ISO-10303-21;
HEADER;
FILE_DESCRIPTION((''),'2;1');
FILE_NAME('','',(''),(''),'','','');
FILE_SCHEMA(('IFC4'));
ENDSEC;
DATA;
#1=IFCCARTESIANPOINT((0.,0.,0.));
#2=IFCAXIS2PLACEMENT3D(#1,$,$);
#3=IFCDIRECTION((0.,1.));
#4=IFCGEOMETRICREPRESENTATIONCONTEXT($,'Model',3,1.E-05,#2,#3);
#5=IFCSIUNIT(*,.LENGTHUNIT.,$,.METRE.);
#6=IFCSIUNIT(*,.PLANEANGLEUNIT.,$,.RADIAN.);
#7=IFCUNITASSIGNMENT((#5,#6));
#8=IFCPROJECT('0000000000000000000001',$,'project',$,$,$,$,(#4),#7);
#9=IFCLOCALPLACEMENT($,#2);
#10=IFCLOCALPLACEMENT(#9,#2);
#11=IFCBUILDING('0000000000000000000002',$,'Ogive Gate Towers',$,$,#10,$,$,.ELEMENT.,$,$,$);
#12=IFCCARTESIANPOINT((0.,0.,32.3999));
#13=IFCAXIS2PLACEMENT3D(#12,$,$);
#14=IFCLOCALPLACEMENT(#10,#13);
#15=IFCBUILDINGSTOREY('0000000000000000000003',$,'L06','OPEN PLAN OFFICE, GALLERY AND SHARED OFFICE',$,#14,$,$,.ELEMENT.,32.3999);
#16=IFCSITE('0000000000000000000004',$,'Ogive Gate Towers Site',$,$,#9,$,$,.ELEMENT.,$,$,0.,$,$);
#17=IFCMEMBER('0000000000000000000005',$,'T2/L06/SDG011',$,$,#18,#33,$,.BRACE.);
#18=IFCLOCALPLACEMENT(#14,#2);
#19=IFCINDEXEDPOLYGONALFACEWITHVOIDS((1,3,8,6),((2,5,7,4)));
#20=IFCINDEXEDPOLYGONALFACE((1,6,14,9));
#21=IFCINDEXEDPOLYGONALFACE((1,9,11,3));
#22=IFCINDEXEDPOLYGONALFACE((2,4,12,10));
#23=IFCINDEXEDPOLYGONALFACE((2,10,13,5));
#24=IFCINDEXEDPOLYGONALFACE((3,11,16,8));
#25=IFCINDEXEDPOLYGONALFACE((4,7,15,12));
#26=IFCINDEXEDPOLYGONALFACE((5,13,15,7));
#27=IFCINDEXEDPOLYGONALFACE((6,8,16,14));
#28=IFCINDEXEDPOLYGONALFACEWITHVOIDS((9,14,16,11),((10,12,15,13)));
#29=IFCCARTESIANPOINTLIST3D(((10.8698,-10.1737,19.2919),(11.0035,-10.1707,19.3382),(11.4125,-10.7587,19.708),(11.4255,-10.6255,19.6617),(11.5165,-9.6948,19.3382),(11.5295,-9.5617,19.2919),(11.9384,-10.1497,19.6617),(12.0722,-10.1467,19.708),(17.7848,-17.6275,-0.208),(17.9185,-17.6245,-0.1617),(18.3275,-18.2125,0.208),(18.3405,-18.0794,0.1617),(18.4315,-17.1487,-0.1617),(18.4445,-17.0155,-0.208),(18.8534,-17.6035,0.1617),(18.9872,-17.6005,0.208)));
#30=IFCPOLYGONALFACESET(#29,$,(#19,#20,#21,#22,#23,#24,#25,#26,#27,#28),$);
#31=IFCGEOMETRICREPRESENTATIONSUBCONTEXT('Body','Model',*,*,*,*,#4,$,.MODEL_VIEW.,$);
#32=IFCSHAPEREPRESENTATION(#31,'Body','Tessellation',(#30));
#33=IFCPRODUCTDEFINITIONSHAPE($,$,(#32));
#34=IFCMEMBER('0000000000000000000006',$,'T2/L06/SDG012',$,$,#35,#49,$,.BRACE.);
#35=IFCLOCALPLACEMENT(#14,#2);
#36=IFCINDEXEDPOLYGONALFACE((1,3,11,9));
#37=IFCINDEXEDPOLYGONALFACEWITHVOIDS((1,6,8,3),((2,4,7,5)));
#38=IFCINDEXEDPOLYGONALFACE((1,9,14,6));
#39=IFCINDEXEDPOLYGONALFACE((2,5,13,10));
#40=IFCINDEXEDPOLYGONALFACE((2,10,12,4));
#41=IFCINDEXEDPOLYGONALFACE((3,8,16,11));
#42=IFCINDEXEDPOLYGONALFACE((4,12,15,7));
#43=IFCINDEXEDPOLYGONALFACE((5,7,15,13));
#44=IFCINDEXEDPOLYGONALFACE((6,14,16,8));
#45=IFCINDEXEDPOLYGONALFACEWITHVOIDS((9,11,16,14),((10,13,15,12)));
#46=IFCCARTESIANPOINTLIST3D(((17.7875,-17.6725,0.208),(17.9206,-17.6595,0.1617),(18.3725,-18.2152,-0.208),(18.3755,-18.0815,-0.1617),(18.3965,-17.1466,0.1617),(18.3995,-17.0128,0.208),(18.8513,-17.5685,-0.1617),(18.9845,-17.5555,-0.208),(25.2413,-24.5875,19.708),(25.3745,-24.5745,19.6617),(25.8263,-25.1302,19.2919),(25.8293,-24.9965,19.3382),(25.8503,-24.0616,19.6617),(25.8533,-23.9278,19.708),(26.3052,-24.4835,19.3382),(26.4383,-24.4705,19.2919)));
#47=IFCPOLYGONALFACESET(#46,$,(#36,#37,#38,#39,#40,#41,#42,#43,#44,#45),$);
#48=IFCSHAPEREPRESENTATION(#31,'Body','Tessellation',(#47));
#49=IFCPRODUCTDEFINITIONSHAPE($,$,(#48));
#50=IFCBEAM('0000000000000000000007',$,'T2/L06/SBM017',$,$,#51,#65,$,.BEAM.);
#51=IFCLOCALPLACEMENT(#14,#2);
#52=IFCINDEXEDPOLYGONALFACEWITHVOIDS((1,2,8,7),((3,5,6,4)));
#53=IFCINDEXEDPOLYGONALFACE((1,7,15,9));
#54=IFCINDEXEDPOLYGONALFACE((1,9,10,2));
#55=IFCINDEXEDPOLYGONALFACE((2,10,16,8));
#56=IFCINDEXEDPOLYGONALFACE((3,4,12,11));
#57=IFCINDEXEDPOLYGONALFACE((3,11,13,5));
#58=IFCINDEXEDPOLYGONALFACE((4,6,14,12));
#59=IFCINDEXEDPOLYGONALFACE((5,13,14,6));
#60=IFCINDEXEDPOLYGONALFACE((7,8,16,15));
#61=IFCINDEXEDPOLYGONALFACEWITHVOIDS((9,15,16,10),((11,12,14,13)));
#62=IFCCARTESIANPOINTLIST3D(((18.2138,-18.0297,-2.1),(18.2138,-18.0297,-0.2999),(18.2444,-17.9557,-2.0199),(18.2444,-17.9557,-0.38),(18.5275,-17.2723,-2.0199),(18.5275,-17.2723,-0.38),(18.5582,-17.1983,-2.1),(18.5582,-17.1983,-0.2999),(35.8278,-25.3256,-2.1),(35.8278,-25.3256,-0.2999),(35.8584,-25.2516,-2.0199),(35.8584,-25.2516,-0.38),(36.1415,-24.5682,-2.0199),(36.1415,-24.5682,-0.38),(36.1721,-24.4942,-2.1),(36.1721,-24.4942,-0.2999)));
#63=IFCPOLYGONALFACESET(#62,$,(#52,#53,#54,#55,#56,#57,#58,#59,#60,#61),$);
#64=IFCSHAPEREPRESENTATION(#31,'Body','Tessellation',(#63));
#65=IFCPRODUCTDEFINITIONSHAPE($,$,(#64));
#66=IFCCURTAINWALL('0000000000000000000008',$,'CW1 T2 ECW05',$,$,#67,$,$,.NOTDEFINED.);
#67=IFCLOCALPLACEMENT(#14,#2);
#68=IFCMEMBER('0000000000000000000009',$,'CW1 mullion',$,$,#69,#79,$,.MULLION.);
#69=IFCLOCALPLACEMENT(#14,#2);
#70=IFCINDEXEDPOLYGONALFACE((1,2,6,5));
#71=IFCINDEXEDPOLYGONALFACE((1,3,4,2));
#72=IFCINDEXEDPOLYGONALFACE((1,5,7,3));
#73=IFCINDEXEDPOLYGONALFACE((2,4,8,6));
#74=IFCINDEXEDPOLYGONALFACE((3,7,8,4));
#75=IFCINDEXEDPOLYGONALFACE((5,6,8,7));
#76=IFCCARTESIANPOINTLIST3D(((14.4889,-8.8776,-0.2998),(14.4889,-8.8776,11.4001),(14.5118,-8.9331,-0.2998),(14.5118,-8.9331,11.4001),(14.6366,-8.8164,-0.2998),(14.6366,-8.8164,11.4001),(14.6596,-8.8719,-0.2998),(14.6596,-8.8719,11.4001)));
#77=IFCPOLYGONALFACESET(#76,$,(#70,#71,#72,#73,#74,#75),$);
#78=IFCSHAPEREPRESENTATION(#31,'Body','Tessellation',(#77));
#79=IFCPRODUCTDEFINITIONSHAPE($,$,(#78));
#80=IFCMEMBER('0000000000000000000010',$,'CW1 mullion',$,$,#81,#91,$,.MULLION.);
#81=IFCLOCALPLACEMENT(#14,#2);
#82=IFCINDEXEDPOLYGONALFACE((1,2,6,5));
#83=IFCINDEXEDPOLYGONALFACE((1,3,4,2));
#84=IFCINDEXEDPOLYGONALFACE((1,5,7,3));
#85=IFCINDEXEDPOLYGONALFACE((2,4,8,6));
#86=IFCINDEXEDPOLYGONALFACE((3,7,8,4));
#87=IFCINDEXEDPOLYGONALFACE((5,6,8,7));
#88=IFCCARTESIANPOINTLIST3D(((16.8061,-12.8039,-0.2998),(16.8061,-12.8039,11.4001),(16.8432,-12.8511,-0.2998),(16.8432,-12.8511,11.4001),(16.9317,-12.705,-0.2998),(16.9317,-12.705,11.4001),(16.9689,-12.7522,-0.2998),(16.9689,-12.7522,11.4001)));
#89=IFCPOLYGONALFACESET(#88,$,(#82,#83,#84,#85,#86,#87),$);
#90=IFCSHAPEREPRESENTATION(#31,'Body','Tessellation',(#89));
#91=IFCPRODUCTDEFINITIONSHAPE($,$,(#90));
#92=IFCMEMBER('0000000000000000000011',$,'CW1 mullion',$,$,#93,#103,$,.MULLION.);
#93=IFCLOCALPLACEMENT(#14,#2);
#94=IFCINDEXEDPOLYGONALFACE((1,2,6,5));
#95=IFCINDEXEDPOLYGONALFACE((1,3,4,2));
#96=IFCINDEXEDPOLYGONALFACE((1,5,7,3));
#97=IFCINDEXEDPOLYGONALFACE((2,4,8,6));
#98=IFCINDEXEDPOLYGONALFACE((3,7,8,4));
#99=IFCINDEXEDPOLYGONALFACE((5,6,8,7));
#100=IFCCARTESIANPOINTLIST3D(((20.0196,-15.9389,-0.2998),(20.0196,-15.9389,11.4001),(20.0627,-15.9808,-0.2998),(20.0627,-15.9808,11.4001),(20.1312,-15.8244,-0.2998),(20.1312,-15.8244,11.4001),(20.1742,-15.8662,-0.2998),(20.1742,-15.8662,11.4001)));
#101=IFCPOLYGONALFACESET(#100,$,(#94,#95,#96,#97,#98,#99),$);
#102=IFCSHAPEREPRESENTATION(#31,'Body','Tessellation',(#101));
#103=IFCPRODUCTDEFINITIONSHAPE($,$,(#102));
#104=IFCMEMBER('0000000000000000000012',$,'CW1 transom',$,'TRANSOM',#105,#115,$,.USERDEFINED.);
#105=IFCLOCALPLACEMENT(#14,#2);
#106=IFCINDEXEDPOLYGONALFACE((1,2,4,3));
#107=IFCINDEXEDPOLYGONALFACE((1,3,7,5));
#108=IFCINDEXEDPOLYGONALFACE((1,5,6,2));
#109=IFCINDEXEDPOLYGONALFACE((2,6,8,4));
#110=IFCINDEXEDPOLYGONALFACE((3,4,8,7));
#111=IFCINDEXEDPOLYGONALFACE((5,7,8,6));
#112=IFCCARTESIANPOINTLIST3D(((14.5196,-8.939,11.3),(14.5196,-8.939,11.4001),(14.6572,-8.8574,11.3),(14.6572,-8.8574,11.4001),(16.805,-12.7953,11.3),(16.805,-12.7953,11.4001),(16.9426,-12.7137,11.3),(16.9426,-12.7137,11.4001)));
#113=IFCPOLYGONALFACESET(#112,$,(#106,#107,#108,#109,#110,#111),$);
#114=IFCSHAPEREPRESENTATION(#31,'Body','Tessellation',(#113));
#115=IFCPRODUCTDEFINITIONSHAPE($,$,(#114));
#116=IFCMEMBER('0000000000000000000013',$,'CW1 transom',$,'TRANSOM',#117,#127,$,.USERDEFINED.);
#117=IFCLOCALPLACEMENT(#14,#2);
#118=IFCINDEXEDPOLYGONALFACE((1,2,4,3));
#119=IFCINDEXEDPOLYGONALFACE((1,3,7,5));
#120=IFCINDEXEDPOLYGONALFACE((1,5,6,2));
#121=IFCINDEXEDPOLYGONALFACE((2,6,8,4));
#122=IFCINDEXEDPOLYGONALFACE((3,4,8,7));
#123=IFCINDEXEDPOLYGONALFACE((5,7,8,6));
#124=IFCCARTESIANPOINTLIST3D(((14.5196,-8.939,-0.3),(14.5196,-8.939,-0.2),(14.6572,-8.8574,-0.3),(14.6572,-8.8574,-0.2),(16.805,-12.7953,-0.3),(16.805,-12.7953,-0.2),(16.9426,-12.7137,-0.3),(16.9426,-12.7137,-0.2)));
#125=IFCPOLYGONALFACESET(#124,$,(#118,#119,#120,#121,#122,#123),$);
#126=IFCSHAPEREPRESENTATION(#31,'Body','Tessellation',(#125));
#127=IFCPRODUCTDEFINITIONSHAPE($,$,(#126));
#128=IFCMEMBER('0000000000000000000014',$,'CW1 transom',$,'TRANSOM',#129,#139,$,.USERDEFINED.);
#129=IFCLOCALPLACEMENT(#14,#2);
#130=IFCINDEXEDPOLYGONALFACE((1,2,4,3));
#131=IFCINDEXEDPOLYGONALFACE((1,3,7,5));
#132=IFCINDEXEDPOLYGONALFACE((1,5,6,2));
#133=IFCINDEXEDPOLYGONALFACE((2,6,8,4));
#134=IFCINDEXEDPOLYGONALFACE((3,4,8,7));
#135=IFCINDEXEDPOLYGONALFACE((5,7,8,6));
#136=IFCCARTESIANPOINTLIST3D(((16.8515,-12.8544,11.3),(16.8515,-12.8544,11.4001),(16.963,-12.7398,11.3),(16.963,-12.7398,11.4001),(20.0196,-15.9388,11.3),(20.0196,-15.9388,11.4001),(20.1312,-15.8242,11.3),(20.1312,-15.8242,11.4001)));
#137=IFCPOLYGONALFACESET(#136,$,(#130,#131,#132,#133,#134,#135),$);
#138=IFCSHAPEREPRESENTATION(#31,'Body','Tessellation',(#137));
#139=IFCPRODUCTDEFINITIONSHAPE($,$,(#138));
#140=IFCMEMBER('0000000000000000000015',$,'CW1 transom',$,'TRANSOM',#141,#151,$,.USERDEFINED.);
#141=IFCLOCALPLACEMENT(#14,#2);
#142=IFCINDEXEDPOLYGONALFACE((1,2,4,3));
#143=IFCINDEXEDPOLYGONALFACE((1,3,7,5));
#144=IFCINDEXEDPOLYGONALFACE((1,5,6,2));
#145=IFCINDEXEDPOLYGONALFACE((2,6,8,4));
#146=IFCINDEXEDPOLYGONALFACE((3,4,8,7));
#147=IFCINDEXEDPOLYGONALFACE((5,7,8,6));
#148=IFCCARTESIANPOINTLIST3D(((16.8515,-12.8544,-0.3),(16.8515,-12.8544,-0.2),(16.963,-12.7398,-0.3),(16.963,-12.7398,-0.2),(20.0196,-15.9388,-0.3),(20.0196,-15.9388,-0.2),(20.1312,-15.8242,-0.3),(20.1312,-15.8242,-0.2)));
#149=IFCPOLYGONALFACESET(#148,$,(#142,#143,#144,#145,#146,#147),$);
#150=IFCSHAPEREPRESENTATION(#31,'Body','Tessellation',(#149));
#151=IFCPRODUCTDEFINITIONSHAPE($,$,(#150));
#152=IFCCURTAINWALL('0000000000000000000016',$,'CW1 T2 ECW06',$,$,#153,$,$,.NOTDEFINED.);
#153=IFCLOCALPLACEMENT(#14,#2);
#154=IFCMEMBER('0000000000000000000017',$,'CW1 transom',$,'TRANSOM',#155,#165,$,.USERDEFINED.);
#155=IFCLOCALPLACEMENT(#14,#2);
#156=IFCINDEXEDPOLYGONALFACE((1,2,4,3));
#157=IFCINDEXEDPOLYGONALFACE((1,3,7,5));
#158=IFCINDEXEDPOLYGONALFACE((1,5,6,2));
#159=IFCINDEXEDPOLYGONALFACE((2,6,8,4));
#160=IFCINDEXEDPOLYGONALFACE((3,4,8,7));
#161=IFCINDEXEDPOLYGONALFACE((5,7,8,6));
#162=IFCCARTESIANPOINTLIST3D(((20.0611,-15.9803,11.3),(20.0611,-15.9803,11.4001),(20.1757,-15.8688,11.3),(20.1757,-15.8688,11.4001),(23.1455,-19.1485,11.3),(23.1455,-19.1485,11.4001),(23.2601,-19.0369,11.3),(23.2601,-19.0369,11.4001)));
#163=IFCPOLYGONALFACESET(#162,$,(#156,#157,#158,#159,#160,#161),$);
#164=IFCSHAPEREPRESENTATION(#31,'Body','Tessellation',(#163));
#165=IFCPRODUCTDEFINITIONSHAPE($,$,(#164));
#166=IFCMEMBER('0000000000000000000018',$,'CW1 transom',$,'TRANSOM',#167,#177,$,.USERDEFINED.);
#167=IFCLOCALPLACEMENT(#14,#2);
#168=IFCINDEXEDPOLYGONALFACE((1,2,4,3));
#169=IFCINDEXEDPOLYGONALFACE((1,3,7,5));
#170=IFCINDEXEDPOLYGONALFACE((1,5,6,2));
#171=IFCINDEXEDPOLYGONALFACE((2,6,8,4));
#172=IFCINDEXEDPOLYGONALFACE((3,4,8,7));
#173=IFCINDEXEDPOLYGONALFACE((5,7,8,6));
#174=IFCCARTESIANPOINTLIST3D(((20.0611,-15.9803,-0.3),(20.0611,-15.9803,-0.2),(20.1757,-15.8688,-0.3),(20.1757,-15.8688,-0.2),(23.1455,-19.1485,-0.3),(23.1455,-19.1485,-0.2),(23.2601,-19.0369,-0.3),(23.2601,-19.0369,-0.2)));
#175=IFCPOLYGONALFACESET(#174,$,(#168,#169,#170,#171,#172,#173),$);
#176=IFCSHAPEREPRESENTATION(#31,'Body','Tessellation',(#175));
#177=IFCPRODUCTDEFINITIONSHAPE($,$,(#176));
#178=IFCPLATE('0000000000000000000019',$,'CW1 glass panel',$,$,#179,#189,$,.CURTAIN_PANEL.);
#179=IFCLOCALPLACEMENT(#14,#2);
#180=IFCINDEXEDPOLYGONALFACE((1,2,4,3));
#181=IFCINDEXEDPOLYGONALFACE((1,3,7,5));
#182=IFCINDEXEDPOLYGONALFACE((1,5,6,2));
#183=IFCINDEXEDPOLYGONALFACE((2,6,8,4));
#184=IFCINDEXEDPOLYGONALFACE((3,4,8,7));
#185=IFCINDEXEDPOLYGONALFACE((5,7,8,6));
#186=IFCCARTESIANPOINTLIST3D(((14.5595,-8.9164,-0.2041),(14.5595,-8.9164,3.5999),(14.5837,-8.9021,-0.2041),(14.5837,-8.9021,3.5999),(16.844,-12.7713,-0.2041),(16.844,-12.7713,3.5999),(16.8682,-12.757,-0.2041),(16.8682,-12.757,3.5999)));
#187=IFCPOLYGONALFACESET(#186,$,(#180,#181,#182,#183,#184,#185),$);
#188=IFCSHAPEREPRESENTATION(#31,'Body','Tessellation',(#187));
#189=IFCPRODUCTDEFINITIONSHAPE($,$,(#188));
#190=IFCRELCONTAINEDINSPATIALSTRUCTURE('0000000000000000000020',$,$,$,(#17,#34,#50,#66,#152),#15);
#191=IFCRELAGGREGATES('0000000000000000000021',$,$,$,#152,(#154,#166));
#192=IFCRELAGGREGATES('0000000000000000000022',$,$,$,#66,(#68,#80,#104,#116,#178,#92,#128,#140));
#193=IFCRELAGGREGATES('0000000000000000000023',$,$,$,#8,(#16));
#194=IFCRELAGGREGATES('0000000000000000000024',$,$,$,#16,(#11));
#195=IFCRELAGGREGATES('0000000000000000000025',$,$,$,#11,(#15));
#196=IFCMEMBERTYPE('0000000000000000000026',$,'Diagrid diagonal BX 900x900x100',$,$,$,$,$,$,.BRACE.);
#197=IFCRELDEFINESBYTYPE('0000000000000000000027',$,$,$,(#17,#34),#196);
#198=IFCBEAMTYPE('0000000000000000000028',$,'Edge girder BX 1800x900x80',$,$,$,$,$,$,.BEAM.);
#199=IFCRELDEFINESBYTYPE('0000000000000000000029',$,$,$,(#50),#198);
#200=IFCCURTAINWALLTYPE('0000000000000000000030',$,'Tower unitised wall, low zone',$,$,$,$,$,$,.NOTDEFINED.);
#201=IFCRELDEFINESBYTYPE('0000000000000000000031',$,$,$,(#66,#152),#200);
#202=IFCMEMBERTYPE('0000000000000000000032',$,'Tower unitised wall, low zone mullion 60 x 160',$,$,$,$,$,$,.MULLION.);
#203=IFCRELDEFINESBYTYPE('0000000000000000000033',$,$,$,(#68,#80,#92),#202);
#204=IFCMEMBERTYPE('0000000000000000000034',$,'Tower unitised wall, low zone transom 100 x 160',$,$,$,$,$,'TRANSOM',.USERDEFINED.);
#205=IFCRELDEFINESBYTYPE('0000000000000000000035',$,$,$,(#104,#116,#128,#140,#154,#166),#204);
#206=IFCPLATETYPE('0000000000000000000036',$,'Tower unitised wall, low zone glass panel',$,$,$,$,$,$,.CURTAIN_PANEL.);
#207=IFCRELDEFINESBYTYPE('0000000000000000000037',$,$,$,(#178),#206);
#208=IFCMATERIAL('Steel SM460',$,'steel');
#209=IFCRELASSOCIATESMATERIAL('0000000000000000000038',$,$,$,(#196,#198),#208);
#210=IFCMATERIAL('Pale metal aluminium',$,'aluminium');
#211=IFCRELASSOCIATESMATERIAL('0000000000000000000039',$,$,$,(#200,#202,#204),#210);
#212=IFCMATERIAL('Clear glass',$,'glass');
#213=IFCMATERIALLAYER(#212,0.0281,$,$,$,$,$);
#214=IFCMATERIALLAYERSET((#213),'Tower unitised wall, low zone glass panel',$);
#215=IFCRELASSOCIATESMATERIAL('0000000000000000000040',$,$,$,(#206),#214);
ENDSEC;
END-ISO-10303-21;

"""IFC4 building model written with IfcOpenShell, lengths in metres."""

from ifc_helpers import new_model, si_unit, direction, frame, origin, origin_2d, place, context, subcontext, project, spatial, rectangle, hollow_rectangle, extrude, material, layer, layer_set, material_profile, profile_set, type_object, element, aggregate, save


model = new_model("IFC4")

# Units and contexts
model_context = context("Model", 3, precision=1e-05, world=origin(), true_north=direction((0.0, 1.0)))
body_context = subcontext(model_context, "Body", "Model", "MODEL_VIEW")
ifc_project = project(units=[si_unit("LENGTHUNIT", "METRE"), si_unit("PLANEANGLEUNIT", "RADIAN")], contexts=[model_context])

# Site, building, storey
site_placement = place(None, origin())
site = spatial("IfcSite", under=ifc_project, at=site_placement, Name="Ogive Gate Towers Site", CompositionType="ELEMENT", RefElevation=0.0)
building_placement = place(site_placement, origin())
building = spatial("IfcBuilding", under=site, at=building_placement, Name="Ogive Gate Towers", CompositionType="ELEMENT")
storey_placement = place(building_placement, frame((0.0, 0.0, 32.3999)))
storey = spatial("IfcBuildingStorey", under=building, at=storey_placement, Name="L06", Description="OPEN PLAN OFFICE, GALLERY AND SHARED OFFICE", CompositionType="ELEMENT", Elevation=32.3999)

# Members
ifc_material_1 = material(Name="Steel SM460", Category="steel")
ifc_material_profile_1 = material_profile(ifc_material_1, hollow_rectangle(XDim=0.8999, YDim=0.8999, WallThickness=0.1001, at=origin_2d()), Name="BX 900x900x100")
ifc_profile_set_1 = profile_set([ifc_material_profile_1], Name="Steel SM460")
member_type_1 = type_object("IfcMemberType", Name="Diagrid diagonal BX 900x900x100", PredefinedType="BRACE", material=ifc_profile_set_1)
for number, where, z_axis, x_axis, name in (
    (1, (18.386, -17.614, 0.0), (-0.314441, 0.338942, 0.886705), (-0.733107, -0.680113, 0.0), "T2/L06/SDG011"),
    (2, (18.386, -17.614, 0.0), (0.338942, -0.314441, 0.886705), (0.680113, 0.733107, 0.0), "T2/L06/SDG012"),
):
    element("IfcMember", number, at=place(storey_placement, frame(where, z_axis=z_axis, x_axis=x_axis)), inside=storey, type_object=member_type_1, Name=name, PredefinedType="BRACE", context=body_context, shape_type="SweptSolid", body=[
        extrude(hollow_rectangle(XDim=0.8999, YDim=0.8999, WallThickness=0.1001, at=origin_2d()), origin(), (0.0, 0.0, 1.0), 21.9915),
    ])

# Beam
ifc_material_profile_2 = material_profile(ifc_material_1, hollow_rectangle(XDim=0.8999, YDim=1.8, WallThickness=0.0801, at=origin_2d()), Name="BX 1800x900x80")
ifc_profile_set_2 = profile_set([ifc_material_profile_2], Name="Steel SM460")
beam_type = type_object("IfcBeamType", Name="Edge girder BX 1800x900x80", PredefinedType="BEAM", material=ifc_profile_set_2)
beam_placement = place(storey_placement, frame((18.386, -17.614, -1.2), z_axis=(0.923881, -0.382681, 0.0), x_axis=(0.382681, 0.923881, 0.0)))
element("IfcBeam", 3, at=beam_placement, inside=storey, type_object=beam_type, Name="T2/L06/SBM017", PredefinedType="BEAM", context=body_context, shape_type="SweptSolid", body=[
    extrude(hollow_rectangle(XDim=0.8999, YDim=1.8, WallThickness=0.0801, at=origin_2d()), origin(), (0.0, 0.0, 1.0), 19.0652),
])

# Curtain walls, members
ifc_material_2 = material(Name="Pale metal aluminium", Category="aluminium")
curtain_wall_type = type_object("IfcCurtainWallType", Name="Tower unitised wall, low zone", PredefinedType="NOTDEFINED", material=ifc_material_2)
curtain_wall_1_placement = place(storey_placement, origin())
curtain_wall_1 = element("IfcCurtainWall", 4, at=curtain_wall_1_placement, inside=storey, type_object=curtain_wall_type, Name="CW1 T2 ECW05", PredefinedType="NOTDEFINED")
ifc_material_profile_3 = material_profile(ifc_material_2, rectangle(XDim=0.1599, YDim=0.0601, at=origin_2d()), Name="60 x 160 aluminium box")
ifc_profile_set_3 = profile_set([ifc_material_profile_3], Name="Pale metal aluminium")
member_type_2 = type_object("IfcMemberType", Name="Tower unitised wall, low zone mullion 60 x 160", PredefinedType="MULLION", material=ifc_profile_set_3)
member_1_placement = place(storey_placement, frame((14.5742, -8.8748, -0.2998), z_axis=(0.0, 0.0, 1.0), x_axis=(-0.92388, -0.382683, 0.0)))
member_1 = element("IfcMember", 5, at=member_1_placement, type_object=member_type_2, Name="CW1 mullion", PredefinedType="MULLION", context=body_context, shape_type="SweptSolid", body=[
    extrude(rectangle(XDim=0.1599, YDim=0.0601, at=origin_2d()), origin(), (0.0, 0.0, 1.0), 11.7),
])
member_2_placement = place(storey_placement, frame((16.8875, -12.7781, -0.2998), z_axis=(0.0, 0.0, 1.0), x_axis=(-0.78576, -0.618532, 0.0)))
member_2 = element("IfcMember", 6, at=member_2_placement, type_object=member_type_2, Name="CW1 mullion", PredefinedType="MULLION", context=body_context, shape_type="SweptSolid", body=[
    extrude(rectangle(XDim=0.1599, YDim=0.0601, at=origin_2d()), origin(), (0.0, 0.0, 1.0), 11.7),
])
member_3_placement = place(storey_placement, frame((20.0969, -15.9026, -0.2998), z_axis=(0.0, 0.0, 1.0), x_axis=(-0.69759, -0.716497, 0.0)))
member_3 = element("IfcMember", 7, at=member_3_placement, type_object=member_type_2, Name="CW1 mullion", PredefinedType="MULLION", context=body_context, shape_type="SweptSolid", body=[
    extrude(rectangle(XDim=0.1599, YDim=0.0601, at=origin_2d()), origin(), (0.0, 0.0, 1.0), 11.7),
])
ifc_material_profile_4 = material_profile(ifc_material_2, rectangle(XDim=0.1599, YDim=0.1001, at=origin_2d()), Name="100 x 160 aluminium box")
ifc_profile_set_4 = profile_set([ifc_material_profile_4], Name="Pale metal aluminium")
member_type_3 = type_object("IfcMemberType", Name="Tower unitised wall, low zone transom 100 x 160", ElementType="TRANSOM", PredefinedType="USERDEFINED", material=ifc_profile_set_4)
member_4_placement = place(storey_placement, frame((14.5884, -8.8982, 11.3501), z_axis=(0.509843, -0.860268, 0.0), x_axis=(0.860268, 0.509843, 0.0)))
member_4 = element("IfcMember", 8, at=member_4_placement, type_object=member_type_3, Name="CW1 transom", ObjectType="TRANSOM", PredefinedType="USERDEFINED", context=body_context, shape_type="SweptSolid", body=[
    extrude(rectangle(XDim=0.1599, YDim=0.1001, at=origin_2d()), origin(), (0.0, 0.0, 1.0), 4.4827),
])
member_5_placement = place(storey_placement, frame((14.5884, -8.8982, -0.25), z_axis=(0.509843, -0.860268, 0.0), x_axis=(0.860268, 0.509843, 0.0)))
member_5 = element("IfcMember", 9, at=member_5_placement, type_object=member_type_3, Name="CW1 transom", ObjectType="TRANSOM", PredefinedType="USERDEFINED", context=body_context, shape_type="SweptSolid", body=[
    extrude(rectangle(XDim=0.1599, YDim=0.1001, at=origin_2d()), origin(), (0.0, 0.0, 1.0), 4.4827),
])
member_6_placement = place(storey_placement, frame((16.9072, -12.7971, 11.3501), z_axis=(0.716513, -0.697574, 0.0), x_axis=(0.697574, 0.716513, 0.0)))
member_6 = element("IfcMember", 10, at=member_6_placement, type_object=member_type_3, Name="CW1 transom", ObjectType="TRANSOM", PredefinedType="USERDEFINED", context=body_context, shape_type="SweptSolid", body=[
    extrude(rectangle(XDim=0.1599, YDim=0.1001, at=origin_2d()), origin(), (0.0, 0.0, 1.0), 4.4216),
])
member_7_placement = place(storey_placement, frame((16.9072, -12.7971, -0.25), z_axis=(0.716513, -0.697574, 0.0), x_axis=(0.697574, 0.716513, 0.0)))
member_7 = element("IfcMember", 11, at=member_7_placement, type_object=member_type_3, Name="CW1 transom", ObjectType="TRANSOM", PredefinedType="USERDEFINED", context=body_context, shape_type="SweptSolid", body=[
    extrude(rectangle(XDim=0.1599, YDim=0.1001, at=origin_2d()), origin(), (0.0, 0.0, 1.0), 4.4216),
])
curtain_wall_2_placement = place(storey_placement, origin())
curtain_wall_2 = element("IfcCurtainWall", 12, at=curtain_wall_2_placement, inside=storey, type_object=curtain_wall_type, Name="CW1 T2 ECW06", PredefinedType="NOTDEFINED")
member_8_placement = place(storey_placement, frame((20.1184, -15.9246, 11.3501), z_axis=(0.697574, -0.716513, 0.0), x_axis=(0.716513, 0.697574, 0.0)))
member_8 = element("IfcMember", 13, at=member_8_placement, type_object=member_type_3, Name="CW1 transom", ObjectType="TRANSOM", PredefinedType="USERDEFINED", context=body_context, shape_type="SweptSolid", body=[
    extrude(rectangle(XDim=0.1599, YDim=0.1001, at=origin_2d()), origin(), (0.0, 0.0, 1.0), 4.4216),
])
member_9_placement = place(storey_placement, frame((20.1184, -15.9246, -0.25), z_axis=(0.697574, -0.716513, 0.0), x_axis=(0.716513, 0.697574, 0.0)))
member_9 = element("IfcMember", 14, at=member_9_placement, type_object=member_type_3, Name="CW1 transom", ObjectType="TRANSOM", PredefinedType="USERDEFINED", context=body_context, shape_type="SweptSolid", body=[
    extrude(rectangle(XDim=0.1599, YDim=0.1001, at=origin_2d()), origin(), (0.0, 0.0, 1.0), 4.4216),
])
aggregate(curtain_wall_2, [member_8, member_9])

# Plate
ifc_material_3 = material(Name="Clear glass", Category="glass")
ifc_layer = layer(ifc_material_3, 0.0281)
ifc_layer_set = layer_set([ifc_layer], Name="Tower unitised wall, low zone glass panel")
plate_type = type_object("IfcPlateType", Name="Tower unitised wall, low zone glass panel", PredefinedType="CURTAIN_PANEL", material=ifc_layer_set)
plate_1_placement = place(storey_placement, frame((15.7139, -10.8367, -0.2041), z_axis=(0.0, 0.0, 1.0), x_axis=(0.509822, -0.86028, 0.0)))
plate_1 = element("IfcPlate", 15, at=plate_1_placement, type_object=plate_type, Name="CW1 glass panel", PredefinedType="CURTAIN_PANEL", context=body_context, shape_type="SweptSolid", body=[
    extrude(rectangle(XDim=4.481, YDim=0.0281, at=origin_2d()), origin(), (0.0, 0.0, 1.0), 3.804),
])
aggregate(curtain_wall_1, [member_1, member_2, member_4, member_5, plate_1, member_3, member_6, member_7])

save(model, "model.ifc")
